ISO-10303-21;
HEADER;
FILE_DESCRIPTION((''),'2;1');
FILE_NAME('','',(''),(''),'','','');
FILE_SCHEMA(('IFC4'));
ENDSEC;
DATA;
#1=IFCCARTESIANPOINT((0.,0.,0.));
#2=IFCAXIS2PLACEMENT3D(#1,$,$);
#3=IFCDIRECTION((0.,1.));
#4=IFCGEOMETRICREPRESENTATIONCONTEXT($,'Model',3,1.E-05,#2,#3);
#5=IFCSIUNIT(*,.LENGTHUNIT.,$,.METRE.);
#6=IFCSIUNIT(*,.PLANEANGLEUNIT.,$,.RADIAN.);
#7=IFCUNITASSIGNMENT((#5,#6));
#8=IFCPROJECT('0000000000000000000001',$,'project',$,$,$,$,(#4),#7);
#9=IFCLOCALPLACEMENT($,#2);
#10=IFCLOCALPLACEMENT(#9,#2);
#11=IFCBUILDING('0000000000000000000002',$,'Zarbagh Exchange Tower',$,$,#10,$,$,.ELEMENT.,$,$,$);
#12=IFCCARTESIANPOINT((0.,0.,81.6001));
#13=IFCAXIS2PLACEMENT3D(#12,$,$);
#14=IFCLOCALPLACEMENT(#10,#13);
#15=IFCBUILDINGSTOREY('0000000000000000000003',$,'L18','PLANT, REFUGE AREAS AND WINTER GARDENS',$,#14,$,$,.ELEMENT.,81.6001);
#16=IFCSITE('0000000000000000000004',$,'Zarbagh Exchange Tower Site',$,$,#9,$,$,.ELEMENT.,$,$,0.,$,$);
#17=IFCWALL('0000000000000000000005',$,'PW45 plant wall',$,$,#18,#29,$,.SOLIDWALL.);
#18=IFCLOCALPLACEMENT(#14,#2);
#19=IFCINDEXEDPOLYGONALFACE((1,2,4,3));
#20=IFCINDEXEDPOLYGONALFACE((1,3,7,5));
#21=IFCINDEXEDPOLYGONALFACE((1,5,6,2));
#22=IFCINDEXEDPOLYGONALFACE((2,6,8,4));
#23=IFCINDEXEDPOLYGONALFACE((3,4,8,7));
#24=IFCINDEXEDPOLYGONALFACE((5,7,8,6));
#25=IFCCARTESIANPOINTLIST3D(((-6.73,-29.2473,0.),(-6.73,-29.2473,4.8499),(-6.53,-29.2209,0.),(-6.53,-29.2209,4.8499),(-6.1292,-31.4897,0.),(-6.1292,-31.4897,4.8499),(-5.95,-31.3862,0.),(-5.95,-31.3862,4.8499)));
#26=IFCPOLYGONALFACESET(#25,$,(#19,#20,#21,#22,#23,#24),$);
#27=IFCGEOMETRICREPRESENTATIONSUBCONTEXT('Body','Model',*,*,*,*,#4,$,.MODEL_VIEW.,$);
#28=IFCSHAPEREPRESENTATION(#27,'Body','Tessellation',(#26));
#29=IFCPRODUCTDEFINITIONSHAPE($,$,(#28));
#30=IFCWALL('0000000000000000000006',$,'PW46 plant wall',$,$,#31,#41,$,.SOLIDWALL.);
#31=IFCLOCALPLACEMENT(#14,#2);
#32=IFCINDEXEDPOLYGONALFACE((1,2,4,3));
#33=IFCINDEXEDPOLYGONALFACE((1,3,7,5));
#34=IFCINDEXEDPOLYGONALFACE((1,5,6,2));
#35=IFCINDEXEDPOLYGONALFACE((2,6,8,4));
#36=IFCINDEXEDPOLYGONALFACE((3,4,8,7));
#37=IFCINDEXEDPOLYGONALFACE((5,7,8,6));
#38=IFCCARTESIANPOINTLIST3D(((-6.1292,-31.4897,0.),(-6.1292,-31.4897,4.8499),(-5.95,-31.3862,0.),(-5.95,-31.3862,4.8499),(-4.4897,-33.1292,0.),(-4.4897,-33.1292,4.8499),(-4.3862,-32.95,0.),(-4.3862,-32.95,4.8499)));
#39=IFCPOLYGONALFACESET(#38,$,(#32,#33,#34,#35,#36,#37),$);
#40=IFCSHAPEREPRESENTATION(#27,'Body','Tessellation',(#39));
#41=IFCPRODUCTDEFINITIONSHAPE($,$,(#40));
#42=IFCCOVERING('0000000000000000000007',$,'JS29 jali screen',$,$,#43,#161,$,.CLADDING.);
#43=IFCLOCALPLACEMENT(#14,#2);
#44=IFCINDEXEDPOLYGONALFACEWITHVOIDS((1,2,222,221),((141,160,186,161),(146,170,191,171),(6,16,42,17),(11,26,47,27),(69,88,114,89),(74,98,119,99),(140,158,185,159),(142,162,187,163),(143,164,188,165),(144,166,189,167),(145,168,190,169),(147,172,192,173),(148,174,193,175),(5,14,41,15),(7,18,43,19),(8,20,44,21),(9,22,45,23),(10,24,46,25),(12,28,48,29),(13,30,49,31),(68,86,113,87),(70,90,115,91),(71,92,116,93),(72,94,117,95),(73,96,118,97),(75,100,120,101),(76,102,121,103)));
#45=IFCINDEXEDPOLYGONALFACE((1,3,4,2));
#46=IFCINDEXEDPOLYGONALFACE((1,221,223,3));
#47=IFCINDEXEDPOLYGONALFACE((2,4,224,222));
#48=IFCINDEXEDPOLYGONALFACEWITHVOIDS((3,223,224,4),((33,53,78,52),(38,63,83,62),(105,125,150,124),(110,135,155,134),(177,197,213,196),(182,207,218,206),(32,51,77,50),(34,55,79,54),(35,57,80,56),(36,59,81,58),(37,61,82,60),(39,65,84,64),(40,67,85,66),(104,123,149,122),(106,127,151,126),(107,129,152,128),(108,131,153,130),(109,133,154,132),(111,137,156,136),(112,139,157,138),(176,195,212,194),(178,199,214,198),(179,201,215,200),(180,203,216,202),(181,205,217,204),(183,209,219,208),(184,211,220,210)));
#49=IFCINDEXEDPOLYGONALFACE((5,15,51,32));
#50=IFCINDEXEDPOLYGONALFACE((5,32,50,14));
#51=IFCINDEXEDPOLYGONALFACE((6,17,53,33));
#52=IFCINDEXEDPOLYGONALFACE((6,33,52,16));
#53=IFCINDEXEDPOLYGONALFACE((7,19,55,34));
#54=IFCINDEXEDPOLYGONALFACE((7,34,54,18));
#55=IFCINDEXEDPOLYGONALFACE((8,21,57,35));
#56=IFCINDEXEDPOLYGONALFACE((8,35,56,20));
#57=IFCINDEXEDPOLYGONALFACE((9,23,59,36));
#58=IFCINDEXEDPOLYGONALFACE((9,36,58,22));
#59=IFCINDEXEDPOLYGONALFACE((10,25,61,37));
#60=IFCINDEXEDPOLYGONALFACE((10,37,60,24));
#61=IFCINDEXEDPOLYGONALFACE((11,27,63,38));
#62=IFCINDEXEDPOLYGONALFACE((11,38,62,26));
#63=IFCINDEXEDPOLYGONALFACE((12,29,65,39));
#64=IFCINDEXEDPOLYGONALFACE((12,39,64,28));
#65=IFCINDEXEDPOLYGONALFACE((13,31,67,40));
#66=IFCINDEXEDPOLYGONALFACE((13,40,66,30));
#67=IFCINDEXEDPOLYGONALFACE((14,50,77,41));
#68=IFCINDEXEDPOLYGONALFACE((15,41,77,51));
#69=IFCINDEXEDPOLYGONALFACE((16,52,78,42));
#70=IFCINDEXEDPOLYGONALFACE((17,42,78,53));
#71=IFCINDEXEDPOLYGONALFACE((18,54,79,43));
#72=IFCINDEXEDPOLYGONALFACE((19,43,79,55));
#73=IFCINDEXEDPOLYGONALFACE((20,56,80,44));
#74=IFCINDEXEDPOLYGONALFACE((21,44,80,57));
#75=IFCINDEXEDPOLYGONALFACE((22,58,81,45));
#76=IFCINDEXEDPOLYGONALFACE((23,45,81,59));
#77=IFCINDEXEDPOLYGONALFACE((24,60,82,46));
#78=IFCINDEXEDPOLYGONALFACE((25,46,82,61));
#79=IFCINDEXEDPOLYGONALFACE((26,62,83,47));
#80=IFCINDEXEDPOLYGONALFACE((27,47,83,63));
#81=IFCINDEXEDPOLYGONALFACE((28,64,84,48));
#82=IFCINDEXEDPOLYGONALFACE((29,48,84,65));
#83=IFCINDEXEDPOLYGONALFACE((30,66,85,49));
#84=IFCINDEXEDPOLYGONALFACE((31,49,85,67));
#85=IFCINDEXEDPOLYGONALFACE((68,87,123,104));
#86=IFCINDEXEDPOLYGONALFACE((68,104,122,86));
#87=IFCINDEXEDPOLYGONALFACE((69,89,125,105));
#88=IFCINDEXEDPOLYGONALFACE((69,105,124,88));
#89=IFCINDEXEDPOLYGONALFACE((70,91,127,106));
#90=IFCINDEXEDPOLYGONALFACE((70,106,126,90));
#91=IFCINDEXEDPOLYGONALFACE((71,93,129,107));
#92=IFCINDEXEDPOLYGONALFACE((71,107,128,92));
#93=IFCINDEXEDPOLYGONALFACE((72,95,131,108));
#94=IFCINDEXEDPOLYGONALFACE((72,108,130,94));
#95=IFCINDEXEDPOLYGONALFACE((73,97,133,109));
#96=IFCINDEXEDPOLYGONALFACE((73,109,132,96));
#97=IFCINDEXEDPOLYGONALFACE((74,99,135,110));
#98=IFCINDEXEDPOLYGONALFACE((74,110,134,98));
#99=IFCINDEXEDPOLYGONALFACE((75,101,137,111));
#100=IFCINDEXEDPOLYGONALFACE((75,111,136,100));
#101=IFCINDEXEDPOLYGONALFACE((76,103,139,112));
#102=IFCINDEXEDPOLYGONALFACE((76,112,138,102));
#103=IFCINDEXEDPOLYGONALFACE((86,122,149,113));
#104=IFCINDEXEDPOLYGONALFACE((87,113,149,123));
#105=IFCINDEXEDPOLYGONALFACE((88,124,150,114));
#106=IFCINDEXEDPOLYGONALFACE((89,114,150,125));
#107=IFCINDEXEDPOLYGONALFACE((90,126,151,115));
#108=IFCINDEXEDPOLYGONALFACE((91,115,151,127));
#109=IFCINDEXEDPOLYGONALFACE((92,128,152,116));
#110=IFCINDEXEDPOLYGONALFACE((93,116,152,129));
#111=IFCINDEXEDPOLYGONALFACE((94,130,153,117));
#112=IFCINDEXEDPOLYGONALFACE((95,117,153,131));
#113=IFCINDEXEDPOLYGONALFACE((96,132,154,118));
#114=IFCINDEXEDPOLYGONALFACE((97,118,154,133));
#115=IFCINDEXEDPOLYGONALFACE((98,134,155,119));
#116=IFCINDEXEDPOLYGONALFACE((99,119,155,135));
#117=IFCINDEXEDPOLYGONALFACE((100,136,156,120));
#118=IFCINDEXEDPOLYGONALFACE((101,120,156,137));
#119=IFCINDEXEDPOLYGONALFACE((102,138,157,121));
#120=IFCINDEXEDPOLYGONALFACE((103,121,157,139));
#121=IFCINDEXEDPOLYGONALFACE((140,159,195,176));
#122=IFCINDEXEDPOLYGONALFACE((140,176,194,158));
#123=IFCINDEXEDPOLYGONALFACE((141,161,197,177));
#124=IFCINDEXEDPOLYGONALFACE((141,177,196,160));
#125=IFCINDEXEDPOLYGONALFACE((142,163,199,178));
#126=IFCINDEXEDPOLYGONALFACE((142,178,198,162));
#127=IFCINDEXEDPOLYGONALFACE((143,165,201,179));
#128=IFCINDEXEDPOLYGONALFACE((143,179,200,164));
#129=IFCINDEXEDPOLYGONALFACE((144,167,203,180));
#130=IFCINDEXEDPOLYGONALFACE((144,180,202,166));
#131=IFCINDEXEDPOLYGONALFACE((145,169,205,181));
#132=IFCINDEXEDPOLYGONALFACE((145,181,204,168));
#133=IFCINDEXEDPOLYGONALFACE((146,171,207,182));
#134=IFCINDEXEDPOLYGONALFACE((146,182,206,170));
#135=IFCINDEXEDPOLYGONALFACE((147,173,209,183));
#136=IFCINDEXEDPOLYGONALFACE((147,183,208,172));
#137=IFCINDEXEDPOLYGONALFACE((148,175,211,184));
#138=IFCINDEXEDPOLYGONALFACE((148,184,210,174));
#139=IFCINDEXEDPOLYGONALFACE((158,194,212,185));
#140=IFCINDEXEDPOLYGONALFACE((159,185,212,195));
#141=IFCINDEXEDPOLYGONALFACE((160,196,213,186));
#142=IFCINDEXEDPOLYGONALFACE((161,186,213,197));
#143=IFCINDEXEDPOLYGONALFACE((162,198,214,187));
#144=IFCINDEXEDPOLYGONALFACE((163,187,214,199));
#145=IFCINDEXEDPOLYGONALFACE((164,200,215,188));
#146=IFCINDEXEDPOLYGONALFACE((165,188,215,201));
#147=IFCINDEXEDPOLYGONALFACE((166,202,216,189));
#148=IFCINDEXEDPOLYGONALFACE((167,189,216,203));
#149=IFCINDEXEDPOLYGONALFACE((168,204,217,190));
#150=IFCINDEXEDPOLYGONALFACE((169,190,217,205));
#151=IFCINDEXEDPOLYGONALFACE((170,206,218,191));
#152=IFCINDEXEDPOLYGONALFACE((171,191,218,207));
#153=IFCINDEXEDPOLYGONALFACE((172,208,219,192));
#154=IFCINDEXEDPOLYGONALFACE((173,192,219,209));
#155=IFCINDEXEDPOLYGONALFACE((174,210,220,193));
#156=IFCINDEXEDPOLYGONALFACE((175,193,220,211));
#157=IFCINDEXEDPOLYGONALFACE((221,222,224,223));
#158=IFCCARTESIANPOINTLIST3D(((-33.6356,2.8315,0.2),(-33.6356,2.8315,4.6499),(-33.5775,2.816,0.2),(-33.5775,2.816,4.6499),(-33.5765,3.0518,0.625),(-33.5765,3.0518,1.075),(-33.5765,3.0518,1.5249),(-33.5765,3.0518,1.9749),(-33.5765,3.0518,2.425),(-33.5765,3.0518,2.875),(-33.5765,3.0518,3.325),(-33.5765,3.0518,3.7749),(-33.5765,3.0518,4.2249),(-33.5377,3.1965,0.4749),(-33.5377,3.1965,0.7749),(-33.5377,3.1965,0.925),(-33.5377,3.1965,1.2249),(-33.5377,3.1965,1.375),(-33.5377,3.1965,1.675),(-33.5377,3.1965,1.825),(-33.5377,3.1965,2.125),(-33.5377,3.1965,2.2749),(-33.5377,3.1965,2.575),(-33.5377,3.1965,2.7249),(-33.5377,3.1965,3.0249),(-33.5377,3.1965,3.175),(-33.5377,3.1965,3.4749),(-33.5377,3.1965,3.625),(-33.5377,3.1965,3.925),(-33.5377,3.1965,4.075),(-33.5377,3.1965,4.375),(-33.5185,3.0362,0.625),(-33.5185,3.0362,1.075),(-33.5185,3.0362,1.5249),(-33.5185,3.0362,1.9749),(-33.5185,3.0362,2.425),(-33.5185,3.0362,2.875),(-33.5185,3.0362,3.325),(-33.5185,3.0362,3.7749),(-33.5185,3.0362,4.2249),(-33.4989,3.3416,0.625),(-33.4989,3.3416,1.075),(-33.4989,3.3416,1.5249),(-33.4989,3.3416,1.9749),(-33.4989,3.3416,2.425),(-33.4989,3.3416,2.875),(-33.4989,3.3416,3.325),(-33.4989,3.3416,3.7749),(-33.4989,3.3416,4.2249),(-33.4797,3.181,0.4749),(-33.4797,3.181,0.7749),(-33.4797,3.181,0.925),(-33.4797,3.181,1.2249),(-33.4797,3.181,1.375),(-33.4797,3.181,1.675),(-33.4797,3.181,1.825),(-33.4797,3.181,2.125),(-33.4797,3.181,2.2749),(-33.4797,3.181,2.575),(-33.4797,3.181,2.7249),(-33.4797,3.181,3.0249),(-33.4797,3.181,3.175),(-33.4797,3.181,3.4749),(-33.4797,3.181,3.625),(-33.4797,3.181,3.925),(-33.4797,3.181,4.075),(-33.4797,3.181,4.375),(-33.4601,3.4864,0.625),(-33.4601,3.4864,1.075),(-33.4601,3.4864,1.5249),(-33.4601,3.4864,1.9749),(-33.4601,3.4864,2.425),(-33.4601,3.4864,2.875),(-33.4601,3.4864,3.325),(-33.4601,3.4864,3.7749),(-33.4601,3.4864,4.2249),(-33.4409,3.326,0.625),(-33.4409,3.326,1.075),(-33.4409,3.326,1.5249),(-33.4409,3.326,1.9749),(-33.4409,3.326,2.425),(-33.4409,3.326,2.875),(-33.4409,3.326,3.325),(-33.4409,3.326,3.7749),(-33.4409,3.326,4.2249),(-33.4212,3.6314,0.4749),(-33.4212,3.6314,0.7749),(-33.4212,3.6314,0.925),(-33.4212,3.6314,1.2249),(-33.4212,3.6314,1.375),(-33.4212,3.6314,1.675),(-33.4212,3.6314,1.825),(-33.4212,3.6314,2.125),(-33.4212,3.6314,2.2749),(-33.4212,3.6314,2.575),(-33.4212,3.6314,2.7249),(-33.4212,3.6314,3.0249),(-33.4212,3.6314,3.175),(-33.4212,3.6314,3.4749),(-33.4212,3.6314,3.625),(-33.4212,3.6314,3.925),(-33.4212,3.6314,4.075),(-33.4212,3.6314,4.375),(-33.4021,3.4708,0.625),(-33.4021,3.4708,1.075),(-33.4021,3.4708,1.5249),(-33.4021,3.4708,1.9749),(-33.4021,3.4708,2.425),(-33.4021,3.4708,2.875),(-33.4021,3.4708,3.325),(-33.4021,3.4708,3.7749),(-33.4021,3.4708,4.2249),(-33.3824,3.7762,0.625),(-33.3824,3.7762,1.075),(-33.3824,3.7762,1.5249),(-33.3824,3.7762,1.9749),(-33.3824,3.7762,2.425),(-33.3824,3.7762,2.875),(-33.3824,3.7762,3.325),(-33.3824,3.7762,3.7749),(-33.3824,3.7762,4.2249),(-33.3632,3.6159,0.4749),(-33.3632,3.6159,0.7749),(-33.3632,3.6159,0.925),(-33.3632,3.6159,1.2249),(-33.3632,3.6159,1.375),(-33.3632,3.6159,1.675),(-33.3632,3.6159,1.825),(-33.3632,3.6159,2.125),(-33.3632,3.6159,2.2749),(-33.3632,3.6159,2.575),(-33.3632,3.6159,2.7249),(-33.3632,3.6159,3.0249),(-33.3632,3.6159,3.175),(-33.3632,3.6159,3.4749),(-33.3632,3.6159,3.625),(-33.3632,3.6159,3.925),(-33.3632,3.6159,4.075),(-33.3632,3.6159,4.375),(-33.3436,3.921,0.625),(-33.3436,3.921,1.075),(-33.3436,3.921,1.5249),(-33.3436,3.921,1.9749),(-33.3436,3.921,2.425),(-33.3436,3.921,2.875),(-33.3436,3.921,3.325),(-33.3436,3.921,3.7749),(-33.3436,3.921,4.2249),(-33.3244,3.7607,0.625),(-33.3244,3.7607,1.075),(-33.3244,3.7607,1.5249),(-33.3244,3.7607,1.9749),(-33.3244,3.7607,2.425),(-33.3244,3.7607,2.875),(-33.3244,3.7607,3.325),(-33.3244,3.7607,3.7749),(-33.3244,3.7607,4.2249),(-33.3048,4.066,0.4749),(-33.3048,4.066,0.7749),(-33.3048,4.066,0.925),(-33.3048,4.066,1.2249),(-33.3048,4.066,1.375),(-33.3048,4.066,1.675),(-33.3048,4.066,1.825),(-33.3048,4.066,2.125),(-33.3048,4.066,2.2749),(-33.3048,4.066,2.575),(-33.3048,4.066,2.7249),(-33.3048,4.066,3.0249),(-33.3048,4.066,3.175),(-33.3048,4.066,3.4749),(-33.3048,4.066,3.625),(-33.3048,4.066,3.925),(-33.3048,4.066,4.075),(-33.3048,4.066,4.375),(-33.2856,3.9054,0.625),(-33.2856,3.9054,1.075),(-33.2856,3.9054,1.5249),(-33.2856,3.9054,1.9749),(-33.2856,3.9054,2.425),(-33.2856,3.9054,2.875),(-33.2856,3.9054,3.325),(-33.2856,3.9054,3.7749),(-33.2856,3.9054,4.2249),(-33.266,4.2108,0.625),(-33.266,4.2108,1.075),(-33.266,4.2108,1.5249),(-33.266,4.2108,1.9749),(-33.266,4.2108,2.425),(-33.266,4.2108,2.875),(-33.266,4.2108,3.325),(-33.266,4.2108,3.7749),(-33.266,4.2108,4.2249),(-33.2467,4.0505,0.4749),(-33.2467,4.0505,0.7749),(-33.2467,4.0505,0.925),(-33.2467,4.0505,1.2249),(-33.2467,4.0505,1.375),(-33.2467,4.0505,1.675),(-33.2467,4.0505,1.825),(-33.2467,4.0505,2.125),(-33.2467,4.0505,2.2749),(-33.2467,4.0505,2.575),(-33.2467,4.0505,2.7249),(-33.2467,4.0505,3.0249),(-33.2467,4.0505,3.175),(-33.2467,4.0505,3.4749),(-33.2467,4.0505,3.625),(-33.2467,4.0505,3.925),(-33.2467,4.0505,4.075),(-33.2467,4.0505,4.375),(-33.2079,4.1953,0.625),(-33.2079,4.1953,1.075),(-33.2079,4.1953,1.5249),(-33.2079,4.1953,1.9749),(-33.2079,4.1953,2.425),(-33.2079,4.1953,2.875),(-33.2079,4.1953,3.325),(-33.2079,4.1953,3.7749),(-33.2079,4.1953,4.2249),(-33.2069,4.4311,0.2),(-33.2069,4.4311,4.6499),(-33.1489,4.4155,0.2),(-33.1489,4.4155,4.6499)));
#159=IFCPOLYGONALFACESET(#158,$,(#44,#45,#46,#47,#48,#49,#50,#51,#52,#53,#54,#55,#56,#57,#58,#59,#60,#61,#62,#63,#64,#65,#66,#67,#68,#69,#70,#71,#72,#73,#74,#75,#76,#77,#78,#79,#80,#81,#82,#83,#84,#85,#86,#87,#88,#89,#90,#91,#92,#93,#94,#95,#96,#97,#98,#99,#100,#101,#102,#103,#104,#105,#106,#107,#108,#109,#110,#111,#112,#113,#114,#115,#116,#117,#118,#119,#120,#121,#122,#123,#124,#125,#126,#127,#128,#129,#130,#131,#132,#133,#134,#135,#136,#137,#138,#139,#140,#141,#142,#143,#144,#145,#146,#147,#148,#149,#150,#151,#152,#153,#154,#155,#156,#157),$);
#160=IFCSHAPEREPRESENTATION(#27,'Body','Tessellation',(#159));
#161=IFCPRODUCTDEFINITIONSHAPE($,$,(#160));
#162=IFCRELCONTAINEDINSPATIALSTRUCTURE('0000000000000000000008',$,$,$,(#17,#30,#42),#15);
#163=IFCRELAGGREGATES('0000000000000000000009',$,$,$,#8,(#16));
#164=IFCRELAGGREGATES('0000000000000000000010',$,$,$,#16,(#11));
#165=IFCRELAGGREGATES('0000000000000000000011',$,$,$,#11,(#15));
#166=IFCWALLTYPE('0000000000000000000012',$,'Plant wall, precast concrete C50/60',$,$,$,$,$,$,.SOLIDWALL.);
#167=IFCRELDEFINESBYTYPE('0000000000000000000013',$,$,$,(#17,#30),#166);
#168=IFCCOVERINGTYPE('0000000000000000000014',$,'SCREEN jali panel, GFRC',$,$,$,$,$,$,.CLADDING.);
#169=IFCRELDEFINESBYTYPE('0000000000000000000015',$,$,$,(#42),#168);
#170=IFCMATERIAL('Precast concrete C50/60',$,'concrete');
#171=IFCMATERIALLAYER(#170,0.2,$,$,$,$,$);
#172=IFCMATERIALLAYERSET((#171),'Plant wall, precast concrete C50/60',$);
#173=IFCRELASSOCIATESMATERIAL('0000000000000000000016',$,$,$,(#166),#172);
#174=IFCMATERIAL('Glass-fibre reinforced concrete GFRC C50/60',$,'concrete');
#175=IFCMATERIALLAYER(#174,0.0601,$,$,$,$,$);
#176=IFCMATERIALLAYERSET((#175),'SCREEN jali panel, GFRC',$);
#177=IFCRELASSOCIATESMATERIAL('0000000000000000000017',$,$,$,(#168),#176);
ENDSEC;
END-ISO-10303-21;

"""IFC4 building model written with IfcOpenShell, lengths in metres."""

from ifc_helpers import new_model, si_unit, direction, frame, origin, place, context, subcontext, project, spatial, polyline, outline, extrude, source, transform, mapped, material, layer, layer_set, type_object, element, save


model = new_model("IFC4")

# Units and contexts
model_context = context("Model", 3, precision=1e-05, world=origin(), true_north=direction((0.0, 1.0)))
body_context = subcontext(model_context, "Body", "Model", "MODEL_VIEW")
ifc_project = project(units=[si_unit("LENGTHUNIT", "METRE"), si_unit("PLANEANGLEUNIT", "RADIAN")], contexts=[model_context])

# Site, building, storey
site_placement = place(None, origin())
site = spatial("IfcSite", under=ifc_project, at=site_placement, Name="Zarbagh Exchange Tower Site", CompositionType="ELEMENT", RefElevation=0.0)
building_placement = place(site_placement, origin())
building = spatial("IfcBuilding", under=site, at=building_placement, Name="Zarbagh Exchange Tower", CompositionType="ELEMENT")
storey_placement = place(building_placement, frame((0.0, 0.0, 81.6001)))
storey = spatial("IfcBuildingStorey", under=building, at=storey_placement, Name="L18", Description="PLANT, REFUGE AREAS AND WINTER GARDENS", CompositionType="ELEMENT", Elevation=81.6001)

# Walls
ifc_material_1 = material(Name="Precast concrete C50/60", Category="concrete")
ifc_layer_1 = layer(ifc_material_1, 0.2)
ifc_layer_set_1 = layer_set([ifc_layer_1], Name="Plant wall, precast concrete C50/60")
wall_type = type_object("IfcWallType", Name="Plant wall, precast concrete C50/60", PredefinedType="SOLIDWALL", material=ifc_layer_set_1)
wall_1_placement = place(storey_placement, origin())
element("IfcWall", 1, at=wall_1_placement, inside=storey, type_object=wall_type, Name="PW45 plant wall", PredefinedType="SOLIDWALL", context=body_context, shape_type="SweptSolid", body=[
    extrude(outline(polyline([(-6.73, -29.2473), (-6.1292, -31.4897), (-5.95, -31.3862), (-6.53, -29.2209), (-6.73, -29.2473)])), origin(), (0.0, 0.0, 1.0), 4.8499),
])
wall_2_placement = place(storey_placement, origin())
element("IfcWall", 2, at=wall_2_placement, inside=storey, type_object=wall_type, Name="PW46 plant wall", PredefinedType="SOLIDWALL", context=body_context, shape_type="SweptSolid", body=[
    extrude(outline(polyline([(-6.1292, -31.4897), (-4.4897, -33.1292), (-4.3862, -32.95), (-5.95, -31.3862), (-6.1292, -31.4897)])), origin(), (0.0, 0.0, 1.0), 4.8499),
])

# Covering
ifc_material_2 = material(Name="Glass-fibre reinforced concrete GFRC C50/60", Category="concrete")
ifc_layer_2 = layer(ifc_material_2, 0.0601)
ifc_layer_set_2 = layer_set([ifc_layer_2], Name="SCREEN jali panel, GFRC")
covering_type = type_object("IfcCoveringType", Name="SCREEN jali panel, GFRC", PredefinedType="CLADDING", material=ifc_layer_set_2)
shared_shape_1 = source(origin(), body_context, "Body", "SweptSolid", [
    extrude(outline(polyline([(0.0, 0.0), (1.656, 0.0), (1.656, 4.45), (0.0, 4.45), (0.0, 0.0)]), holes=[polyline([(0.228, 0.425), (0.3779, 0.2749), (0.5281, 0.425), (0.3779, 0.575), (0.228, 0.425)]), polyline([(0.228, 0.875), (0.3779, 0.7251), (0.5281, 0.875), (0.3779, 1.0249), (0.228, 0.875)]), polyline([(0.228, 1.325), (0.3779, 1.175), (0.5281, 1.325), (0.3779, 1.4751), (0.228, 1.325)]), polyline([(0.228, 1.7749), (0.3779, 1.625), (0.5281, 1.7749), (0.3779, 1.925), (0.228, 1.7749)]), polyline([(0.228, 2.2251), (0.3779, 2.075), (0.5281, 2.2251), (0.3779, 2.375), (0.228, 2.2251)]), polyline([(0.228, 2.675), (0.3779, 2.5249), (0.5281, 2.675), (0.3779, 2.825), (0.228, 2.675)]), polyline([(0.228, 3.125), (0.3779, 2.9751), (0.5281, 3.125), (0.3779, 3.2749), (0.228, 3.125)]), polyline([(0.228, 3.575), (0.3779, 3.425), (0.5281, 3.575), (0.3779, 3.7251), (0.228, 3.575)]), polyline([(0.228, 4.0249), (0.3779, 3.875), (0.5281, 4.0249), (0.3779, 4.175), (0.228, 4.0249)]), polyline([(0.678, 0.425), (0.8279, 0.2749), (0.978, 0.425), (0.8279, 0.575), (0.678, 0.425)]), polyline([(0.678, 0.875), (0.8279, 0.7251), (0.978, 0.875), (0.8279, 1.0249), (0.678, 0.875)]), polyline([(0.678, 1.325), (0.8279, 1.175), (0.978, 1.325), (0.8279, 1.4751), (0.678, 1.325)]), polyline([(0.678, 1.7749), (0.8279, 1.625), (0.978, 1.7749), (0.8279, 1.925), (0.678, 1.7749)]), polyline([(0.678, 2.2251), (0.8279, 2.075), (0.978, 2.2251), (0.8279, 2.375), (0.678, 2.2251)]), polyline([(0.678, 2.675), (0.8279, 2.5249), (0.978, 2.675), (0.8279, 2.825), (0.678, 2.675)]), polyline([(0.678, 3.125), (0.8279, 2.9751), (0.978, 3.125), (0.8279, 3.2749), (0.678, 3.125)]), polyline([(0.678, 3.575), (0.8279, 3.425), (0.978, 3.575), (0.8279, 3.7251), (0.678, 3.575)]), polyline([(0.678, 4.0249), (0.8279, 3.875), (0.978, 4.0249), (0.8279, 4.175), (0.678, 4.0249)]), polyline([(1.1279, 0.425), (1.2781, 0.2749), (1.428, 0.425), (1.2781, 0.575), (1.1279, 0.425)]), polyline([(1.1279, 0.875), (1.2781, 0.7251), (1.428, 0.875), (1.2781, 1.0249), (1.1279, 0.875)]), polyline([(1.1279, 1.325), (1.2781, 1.175), (1.428, 1.325), (1.2781, 1.4751), (1.1279, 1.325)]), polyline([(1.1279, 1.7749), (1.2781, 1.625), (1.428, 1.7749), (1.2781, 1.925), (1.1279, 1.7749)]), polyline([(1.1279, 2.2251), (1.2781, 2.075), (1.428, 2.2251), (1.2781, 2.375), (1.1279, 2.2251)]), polyline([(1.1279, 2.675), (1.2781, 2.5249), (1.428, 2.675), (1.2781, 2.825), (1.1279, 2.675)]), polyline([(1.1279, 3.125), (1.2781, 2.9751), (1.428, 3.125), (1.2781, 3.2749), (1.1279, 3.125)]), polyline([(1.1279, 3.575), (1.2781, 3.425), (1.428, 3.575), (1.2781, 3.7251), (1.1279, 3.575)]), polyline([(1.1279, 4.0249), (1.2781, 3.875), (1.428, 4.0249), (1.2781, 4.175), (1.1279, 4.0249)])]), origin(), (0.0, 0.0, 1.0), 0.0601),
])
placement = place(storey_placement, origin())
element("IfcCovering", 3, at=placement, inside=storey, type_object=covering_type, Name="JS29 jali screen", PredefinedType="CLADDING", context=body_context, shape_type="MappedRepresentation", body=[
    mapped(shared_shape_1, transform((-33.1489, 4.4155, 0.2), x_axis=(-0.258825, -0.965924, 0.0), y_axis=(0.0, 0.0, 1.0), z_axis=(-0.965924, 0.258825, 0.0))),
])

save(model, "model.ifc")
